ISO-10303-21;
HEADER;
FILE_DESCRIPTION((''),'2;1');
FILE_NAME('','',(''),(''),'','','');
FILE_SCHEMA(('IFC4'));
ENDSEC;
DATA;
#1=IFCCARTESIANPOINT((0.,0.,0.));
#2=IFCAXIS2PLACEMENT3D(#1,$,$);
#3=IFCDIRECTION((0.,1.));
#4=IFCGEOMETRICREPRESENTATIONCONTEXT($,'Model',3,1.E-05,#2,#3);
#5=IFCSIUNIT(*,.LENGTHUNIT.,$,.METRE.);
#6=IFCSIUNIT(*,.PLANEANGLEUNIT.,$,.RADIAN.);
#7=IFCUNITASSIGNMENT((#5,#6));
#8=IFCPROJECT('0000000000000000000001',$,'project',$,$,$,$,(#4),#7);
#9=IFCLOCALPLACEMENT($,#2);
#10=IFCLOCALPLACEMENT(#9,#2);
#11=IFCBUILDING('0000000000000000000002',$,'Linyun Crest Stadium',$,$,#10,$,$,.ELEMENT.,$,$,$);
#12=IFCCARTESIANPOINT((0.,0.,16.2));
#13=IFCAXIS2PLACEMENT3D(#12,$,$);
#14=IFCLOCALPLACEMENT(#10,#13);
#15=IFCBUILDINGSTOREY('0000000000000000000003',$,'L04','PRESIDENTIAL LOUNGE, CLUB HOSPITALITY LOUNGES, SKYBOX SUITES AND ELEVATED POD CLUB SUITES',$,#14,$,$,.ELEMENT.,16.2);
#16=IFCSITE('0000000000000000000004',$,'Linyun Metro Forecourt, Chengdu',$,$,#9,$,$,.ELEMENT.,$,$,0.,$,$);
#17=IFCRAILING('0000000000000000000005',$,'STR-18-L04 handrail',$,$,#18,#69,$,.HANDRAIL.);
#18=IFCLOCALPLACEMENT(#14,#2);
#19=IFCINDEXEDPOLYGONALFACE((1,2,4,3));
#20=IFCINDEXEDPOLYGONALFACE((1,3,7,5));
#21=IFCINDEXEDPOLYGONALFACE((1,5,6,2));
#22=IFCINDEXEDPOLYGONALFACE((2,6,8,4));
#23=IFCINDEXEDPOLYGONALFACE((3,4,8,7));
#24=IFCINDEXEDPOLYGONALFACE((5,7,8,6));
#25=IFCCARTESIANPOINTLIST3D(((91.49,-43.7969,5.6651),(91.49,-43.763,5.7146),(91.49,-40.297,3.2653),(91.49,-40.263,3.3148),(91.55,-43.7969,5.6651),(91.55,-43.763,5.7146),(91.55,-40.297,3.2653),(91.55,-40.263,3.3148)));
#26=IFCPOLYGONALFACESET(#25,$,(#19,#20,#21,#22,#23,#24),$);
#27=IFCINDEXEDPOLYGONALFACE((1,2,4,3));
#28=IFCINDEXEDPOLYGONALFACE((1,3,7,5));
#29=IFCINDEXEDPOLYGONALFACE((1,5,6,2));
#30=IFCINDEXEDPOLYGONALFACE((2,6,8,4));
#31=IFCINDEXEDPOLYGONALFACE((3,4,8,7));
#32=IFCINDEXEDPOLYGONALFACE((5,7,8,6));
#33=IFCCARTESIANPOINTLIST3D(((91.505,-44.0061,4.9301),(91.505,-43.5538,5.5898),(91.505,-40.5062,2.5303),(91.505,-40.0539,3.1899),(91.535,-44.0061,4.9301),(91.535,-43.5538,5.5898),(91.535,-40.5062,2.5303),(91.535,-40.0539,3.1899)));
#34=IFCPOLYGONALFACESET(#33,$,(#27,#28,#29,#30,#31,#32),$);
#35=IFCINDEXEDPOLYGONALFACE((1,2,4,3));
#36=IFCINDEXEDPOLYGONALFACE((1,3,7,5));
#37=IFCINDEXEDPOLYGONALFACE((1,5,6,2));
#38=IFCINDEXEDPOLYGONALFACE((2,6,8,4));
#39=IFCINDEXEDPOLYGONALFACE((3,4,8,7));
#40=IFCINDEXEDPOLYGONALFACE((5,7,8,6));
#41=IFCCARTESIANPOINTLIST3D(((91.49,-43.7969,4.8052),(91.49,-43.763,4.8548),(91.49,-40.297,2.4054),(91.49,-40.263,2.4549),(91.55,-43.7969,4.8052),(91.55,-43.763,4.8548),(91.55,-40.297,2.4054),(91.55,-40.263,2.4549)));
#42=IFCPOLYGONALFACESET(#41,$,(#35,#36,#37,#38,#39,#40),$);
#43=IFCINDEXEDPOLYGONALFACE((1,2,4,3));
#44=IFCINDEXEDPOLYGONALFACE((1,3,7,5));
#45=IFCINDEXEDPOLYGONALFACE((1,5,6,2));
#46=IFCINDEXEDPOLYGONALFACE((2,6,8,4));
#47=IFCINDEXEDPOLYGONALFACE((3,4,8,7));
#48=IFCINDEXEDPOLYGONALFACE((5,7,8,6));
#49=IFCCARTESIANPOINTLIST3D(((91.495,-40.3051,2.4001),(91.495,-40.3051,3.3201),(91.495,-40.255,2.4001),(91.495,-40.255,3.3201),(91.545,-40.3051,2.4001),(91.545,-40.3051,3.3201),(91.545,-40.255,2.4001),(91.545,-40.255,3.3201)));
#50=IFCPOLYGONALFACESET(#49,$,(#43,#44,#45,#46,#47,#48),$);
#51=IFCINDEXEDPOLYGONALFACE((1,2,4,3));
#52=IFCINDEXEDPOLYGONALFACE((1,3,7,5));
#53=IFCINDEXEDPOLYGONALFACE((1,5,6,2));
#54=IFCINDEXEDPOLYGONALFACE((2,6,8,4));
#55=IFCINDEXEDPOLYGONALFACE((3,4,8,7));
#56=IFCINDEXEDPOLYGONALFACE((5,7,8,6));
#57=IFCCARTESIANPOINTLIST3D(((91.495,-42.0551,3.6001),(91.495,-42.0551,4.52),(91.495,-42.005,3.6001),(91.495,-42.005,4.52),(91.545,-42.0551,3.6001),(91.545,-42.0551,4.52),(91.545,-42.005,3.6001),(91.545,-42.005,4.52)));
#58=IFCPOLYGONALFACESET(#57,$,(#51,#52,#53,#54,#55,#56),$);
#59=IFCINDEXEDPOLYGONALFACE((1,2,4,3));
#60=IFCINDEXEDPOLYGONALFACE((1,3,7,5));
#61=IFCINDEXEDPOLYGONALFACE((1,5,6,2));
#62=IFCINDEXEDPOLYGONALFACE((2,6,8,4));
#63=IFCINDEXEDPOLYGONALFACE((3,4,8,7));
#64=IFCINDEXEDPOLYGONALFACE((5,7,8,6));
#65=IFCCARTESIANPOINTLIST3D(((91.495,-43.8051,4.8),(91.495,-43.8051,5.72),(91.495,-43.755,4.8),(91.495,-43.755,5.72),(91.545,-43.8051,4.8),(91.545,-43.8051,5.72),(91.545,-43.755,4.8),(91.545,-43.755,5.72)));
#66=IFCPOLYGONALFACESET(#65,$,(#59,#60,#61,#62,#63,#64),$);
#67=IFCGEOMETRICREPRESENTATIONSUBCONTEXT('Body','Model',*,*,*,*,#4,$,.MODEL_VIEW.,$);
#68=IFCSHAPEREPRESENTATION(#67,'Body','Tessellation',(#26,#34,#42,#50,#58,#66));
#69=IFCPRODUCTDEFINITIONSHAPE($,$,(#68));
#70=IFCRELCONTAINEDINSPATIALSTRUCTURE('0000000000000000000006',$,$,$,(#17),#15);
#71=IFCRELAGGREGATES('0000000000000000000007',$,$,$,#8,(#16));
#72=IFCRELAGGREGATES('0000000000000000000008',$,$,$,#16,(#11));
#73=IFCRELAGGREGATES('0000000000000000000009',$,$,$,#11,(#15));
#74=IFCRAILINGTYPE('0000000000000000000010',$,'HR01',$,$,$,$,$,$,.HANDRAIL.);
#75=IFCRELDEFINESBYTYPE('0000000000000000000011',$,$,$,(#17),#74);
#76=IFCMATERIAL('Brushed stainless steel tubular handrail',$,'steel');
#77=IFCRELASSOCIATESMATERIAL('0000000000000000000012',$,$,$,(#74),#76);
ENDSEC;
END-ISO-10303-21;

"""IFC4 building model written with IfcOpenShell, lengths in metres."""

from ifc_helpers import new_model, si_unit, direction, frame, origin, origin_2d, place, context, subcontext, project, spatial, rectangle, extrude, material, type_object, element, save


model = new_model("IFC4")

# Units and contexts
model_context = context("Model", 3, precision=1e-05, world=origin(), true_north=direction((0.0, 1.0)))
body_context = subcontext(model_context, "Body", "Model", "MODEL_VIEW")
ifc_project = project(units=[si_unit("LENGTHUNIT", "METRE"), si_unit("PLANEANGLEUNIT", "RADIAN")], contexts=[model_context])

# Site, building, storey
site_placement = place(None, origin())
site = spatial("IfcSite", under=ifc_project, at=site_placement, Name="Linyun Metro Forecourt, Chengdu", CompositionType="ELEMENT", RefElevation=0.0)
building_placement = place(site_placement, origin())
building = spatial("IfcBuilding", under=site, at=building_placement, Name="Linyun Crest Stadium", CompositionType="ELEMENT")
storey_placement = place(building_placement, frame((0.0, 0.0, 16.2)))
storey = spatial("IfcBuildingStorey", under=building, at=storey_placement, Name="L04", Description="PRESIDENTIAL LOUNGE, CLUB HOSPITALITY LOUNGES, SKYBOX SUITES AND ELEVATED POD CLUB SUITES", CompositionType="ELEMENT", Elevation=16.2)

# Railing
ifc_material_1 = material(Name="Brushed stainless steel tubular handrail", Category="steel")
railing_type_1 = type_object("IfcRailingType", Name="HR01", PredefinedType="HANDRAIL", material=ifc_material_1)
railing_1_placement = place(storey_placement, frame((91.52, -40.28, 2.4001)))
element("IfcRailing", 1, at=railing_1_placement, inside=storey, type_object=railing_type_1, Name="STR-18-L04 handrail", PredefinedType="HANDRAIL", context=body_context, shape_type="SweptSolid", body=[
    extrude(rectangle(XDim=0.0601, YDim=0.0601, at=origin_2d()), frame((0.0, 0.0, 0.8899), z_axis=(0.0, -0.82474, 0.565513), x_axis=(1.0, 0.0, 0.0)), (0.0, 0.0, 1.0), 4.2437),
    extrude(rectangle(XDim=0.03, YDim=0.7998, at=origin_2d()), frame((0.0, 0.0, 0.46), z_axis=(0.0, -0.82474, 0.565513), x_axis=(1.0, 0.0, 0.0)), (0.0, 0.0, 1.0), 4.2437),
    extrude(rectangle(XDim=0.0601, YDim=0.0601, at=origin_2d()), frame((0.0, 0.0, 0.03), z_axis=(0.0, -0.82474, 0.565513), x_axis=(1.0, 0.0, 0.0)), (0.0, 0.0, 1.0), 4.2437),
    extrude(rectangle(XDim=0.05, YDim=0.05, at=origin_2d()), origin(), (0.0, 0.0, 1.0), 0.9199),
    extrude(rectangle(XDim=0.05, YDim=0.05, at=origin_2d()), frame((0.0, -1.75, 1.2)), (0.0, 0.0, 1.0), 0.9199),
    extrude(rectangle(XDim=0.05, YDim=0.05, at=origin_2d()), frame((0.0, -3.5, 2.3999)), (0.0, 0.0, 1.0), 0.9199),
])

save(model, "model.ifc")
